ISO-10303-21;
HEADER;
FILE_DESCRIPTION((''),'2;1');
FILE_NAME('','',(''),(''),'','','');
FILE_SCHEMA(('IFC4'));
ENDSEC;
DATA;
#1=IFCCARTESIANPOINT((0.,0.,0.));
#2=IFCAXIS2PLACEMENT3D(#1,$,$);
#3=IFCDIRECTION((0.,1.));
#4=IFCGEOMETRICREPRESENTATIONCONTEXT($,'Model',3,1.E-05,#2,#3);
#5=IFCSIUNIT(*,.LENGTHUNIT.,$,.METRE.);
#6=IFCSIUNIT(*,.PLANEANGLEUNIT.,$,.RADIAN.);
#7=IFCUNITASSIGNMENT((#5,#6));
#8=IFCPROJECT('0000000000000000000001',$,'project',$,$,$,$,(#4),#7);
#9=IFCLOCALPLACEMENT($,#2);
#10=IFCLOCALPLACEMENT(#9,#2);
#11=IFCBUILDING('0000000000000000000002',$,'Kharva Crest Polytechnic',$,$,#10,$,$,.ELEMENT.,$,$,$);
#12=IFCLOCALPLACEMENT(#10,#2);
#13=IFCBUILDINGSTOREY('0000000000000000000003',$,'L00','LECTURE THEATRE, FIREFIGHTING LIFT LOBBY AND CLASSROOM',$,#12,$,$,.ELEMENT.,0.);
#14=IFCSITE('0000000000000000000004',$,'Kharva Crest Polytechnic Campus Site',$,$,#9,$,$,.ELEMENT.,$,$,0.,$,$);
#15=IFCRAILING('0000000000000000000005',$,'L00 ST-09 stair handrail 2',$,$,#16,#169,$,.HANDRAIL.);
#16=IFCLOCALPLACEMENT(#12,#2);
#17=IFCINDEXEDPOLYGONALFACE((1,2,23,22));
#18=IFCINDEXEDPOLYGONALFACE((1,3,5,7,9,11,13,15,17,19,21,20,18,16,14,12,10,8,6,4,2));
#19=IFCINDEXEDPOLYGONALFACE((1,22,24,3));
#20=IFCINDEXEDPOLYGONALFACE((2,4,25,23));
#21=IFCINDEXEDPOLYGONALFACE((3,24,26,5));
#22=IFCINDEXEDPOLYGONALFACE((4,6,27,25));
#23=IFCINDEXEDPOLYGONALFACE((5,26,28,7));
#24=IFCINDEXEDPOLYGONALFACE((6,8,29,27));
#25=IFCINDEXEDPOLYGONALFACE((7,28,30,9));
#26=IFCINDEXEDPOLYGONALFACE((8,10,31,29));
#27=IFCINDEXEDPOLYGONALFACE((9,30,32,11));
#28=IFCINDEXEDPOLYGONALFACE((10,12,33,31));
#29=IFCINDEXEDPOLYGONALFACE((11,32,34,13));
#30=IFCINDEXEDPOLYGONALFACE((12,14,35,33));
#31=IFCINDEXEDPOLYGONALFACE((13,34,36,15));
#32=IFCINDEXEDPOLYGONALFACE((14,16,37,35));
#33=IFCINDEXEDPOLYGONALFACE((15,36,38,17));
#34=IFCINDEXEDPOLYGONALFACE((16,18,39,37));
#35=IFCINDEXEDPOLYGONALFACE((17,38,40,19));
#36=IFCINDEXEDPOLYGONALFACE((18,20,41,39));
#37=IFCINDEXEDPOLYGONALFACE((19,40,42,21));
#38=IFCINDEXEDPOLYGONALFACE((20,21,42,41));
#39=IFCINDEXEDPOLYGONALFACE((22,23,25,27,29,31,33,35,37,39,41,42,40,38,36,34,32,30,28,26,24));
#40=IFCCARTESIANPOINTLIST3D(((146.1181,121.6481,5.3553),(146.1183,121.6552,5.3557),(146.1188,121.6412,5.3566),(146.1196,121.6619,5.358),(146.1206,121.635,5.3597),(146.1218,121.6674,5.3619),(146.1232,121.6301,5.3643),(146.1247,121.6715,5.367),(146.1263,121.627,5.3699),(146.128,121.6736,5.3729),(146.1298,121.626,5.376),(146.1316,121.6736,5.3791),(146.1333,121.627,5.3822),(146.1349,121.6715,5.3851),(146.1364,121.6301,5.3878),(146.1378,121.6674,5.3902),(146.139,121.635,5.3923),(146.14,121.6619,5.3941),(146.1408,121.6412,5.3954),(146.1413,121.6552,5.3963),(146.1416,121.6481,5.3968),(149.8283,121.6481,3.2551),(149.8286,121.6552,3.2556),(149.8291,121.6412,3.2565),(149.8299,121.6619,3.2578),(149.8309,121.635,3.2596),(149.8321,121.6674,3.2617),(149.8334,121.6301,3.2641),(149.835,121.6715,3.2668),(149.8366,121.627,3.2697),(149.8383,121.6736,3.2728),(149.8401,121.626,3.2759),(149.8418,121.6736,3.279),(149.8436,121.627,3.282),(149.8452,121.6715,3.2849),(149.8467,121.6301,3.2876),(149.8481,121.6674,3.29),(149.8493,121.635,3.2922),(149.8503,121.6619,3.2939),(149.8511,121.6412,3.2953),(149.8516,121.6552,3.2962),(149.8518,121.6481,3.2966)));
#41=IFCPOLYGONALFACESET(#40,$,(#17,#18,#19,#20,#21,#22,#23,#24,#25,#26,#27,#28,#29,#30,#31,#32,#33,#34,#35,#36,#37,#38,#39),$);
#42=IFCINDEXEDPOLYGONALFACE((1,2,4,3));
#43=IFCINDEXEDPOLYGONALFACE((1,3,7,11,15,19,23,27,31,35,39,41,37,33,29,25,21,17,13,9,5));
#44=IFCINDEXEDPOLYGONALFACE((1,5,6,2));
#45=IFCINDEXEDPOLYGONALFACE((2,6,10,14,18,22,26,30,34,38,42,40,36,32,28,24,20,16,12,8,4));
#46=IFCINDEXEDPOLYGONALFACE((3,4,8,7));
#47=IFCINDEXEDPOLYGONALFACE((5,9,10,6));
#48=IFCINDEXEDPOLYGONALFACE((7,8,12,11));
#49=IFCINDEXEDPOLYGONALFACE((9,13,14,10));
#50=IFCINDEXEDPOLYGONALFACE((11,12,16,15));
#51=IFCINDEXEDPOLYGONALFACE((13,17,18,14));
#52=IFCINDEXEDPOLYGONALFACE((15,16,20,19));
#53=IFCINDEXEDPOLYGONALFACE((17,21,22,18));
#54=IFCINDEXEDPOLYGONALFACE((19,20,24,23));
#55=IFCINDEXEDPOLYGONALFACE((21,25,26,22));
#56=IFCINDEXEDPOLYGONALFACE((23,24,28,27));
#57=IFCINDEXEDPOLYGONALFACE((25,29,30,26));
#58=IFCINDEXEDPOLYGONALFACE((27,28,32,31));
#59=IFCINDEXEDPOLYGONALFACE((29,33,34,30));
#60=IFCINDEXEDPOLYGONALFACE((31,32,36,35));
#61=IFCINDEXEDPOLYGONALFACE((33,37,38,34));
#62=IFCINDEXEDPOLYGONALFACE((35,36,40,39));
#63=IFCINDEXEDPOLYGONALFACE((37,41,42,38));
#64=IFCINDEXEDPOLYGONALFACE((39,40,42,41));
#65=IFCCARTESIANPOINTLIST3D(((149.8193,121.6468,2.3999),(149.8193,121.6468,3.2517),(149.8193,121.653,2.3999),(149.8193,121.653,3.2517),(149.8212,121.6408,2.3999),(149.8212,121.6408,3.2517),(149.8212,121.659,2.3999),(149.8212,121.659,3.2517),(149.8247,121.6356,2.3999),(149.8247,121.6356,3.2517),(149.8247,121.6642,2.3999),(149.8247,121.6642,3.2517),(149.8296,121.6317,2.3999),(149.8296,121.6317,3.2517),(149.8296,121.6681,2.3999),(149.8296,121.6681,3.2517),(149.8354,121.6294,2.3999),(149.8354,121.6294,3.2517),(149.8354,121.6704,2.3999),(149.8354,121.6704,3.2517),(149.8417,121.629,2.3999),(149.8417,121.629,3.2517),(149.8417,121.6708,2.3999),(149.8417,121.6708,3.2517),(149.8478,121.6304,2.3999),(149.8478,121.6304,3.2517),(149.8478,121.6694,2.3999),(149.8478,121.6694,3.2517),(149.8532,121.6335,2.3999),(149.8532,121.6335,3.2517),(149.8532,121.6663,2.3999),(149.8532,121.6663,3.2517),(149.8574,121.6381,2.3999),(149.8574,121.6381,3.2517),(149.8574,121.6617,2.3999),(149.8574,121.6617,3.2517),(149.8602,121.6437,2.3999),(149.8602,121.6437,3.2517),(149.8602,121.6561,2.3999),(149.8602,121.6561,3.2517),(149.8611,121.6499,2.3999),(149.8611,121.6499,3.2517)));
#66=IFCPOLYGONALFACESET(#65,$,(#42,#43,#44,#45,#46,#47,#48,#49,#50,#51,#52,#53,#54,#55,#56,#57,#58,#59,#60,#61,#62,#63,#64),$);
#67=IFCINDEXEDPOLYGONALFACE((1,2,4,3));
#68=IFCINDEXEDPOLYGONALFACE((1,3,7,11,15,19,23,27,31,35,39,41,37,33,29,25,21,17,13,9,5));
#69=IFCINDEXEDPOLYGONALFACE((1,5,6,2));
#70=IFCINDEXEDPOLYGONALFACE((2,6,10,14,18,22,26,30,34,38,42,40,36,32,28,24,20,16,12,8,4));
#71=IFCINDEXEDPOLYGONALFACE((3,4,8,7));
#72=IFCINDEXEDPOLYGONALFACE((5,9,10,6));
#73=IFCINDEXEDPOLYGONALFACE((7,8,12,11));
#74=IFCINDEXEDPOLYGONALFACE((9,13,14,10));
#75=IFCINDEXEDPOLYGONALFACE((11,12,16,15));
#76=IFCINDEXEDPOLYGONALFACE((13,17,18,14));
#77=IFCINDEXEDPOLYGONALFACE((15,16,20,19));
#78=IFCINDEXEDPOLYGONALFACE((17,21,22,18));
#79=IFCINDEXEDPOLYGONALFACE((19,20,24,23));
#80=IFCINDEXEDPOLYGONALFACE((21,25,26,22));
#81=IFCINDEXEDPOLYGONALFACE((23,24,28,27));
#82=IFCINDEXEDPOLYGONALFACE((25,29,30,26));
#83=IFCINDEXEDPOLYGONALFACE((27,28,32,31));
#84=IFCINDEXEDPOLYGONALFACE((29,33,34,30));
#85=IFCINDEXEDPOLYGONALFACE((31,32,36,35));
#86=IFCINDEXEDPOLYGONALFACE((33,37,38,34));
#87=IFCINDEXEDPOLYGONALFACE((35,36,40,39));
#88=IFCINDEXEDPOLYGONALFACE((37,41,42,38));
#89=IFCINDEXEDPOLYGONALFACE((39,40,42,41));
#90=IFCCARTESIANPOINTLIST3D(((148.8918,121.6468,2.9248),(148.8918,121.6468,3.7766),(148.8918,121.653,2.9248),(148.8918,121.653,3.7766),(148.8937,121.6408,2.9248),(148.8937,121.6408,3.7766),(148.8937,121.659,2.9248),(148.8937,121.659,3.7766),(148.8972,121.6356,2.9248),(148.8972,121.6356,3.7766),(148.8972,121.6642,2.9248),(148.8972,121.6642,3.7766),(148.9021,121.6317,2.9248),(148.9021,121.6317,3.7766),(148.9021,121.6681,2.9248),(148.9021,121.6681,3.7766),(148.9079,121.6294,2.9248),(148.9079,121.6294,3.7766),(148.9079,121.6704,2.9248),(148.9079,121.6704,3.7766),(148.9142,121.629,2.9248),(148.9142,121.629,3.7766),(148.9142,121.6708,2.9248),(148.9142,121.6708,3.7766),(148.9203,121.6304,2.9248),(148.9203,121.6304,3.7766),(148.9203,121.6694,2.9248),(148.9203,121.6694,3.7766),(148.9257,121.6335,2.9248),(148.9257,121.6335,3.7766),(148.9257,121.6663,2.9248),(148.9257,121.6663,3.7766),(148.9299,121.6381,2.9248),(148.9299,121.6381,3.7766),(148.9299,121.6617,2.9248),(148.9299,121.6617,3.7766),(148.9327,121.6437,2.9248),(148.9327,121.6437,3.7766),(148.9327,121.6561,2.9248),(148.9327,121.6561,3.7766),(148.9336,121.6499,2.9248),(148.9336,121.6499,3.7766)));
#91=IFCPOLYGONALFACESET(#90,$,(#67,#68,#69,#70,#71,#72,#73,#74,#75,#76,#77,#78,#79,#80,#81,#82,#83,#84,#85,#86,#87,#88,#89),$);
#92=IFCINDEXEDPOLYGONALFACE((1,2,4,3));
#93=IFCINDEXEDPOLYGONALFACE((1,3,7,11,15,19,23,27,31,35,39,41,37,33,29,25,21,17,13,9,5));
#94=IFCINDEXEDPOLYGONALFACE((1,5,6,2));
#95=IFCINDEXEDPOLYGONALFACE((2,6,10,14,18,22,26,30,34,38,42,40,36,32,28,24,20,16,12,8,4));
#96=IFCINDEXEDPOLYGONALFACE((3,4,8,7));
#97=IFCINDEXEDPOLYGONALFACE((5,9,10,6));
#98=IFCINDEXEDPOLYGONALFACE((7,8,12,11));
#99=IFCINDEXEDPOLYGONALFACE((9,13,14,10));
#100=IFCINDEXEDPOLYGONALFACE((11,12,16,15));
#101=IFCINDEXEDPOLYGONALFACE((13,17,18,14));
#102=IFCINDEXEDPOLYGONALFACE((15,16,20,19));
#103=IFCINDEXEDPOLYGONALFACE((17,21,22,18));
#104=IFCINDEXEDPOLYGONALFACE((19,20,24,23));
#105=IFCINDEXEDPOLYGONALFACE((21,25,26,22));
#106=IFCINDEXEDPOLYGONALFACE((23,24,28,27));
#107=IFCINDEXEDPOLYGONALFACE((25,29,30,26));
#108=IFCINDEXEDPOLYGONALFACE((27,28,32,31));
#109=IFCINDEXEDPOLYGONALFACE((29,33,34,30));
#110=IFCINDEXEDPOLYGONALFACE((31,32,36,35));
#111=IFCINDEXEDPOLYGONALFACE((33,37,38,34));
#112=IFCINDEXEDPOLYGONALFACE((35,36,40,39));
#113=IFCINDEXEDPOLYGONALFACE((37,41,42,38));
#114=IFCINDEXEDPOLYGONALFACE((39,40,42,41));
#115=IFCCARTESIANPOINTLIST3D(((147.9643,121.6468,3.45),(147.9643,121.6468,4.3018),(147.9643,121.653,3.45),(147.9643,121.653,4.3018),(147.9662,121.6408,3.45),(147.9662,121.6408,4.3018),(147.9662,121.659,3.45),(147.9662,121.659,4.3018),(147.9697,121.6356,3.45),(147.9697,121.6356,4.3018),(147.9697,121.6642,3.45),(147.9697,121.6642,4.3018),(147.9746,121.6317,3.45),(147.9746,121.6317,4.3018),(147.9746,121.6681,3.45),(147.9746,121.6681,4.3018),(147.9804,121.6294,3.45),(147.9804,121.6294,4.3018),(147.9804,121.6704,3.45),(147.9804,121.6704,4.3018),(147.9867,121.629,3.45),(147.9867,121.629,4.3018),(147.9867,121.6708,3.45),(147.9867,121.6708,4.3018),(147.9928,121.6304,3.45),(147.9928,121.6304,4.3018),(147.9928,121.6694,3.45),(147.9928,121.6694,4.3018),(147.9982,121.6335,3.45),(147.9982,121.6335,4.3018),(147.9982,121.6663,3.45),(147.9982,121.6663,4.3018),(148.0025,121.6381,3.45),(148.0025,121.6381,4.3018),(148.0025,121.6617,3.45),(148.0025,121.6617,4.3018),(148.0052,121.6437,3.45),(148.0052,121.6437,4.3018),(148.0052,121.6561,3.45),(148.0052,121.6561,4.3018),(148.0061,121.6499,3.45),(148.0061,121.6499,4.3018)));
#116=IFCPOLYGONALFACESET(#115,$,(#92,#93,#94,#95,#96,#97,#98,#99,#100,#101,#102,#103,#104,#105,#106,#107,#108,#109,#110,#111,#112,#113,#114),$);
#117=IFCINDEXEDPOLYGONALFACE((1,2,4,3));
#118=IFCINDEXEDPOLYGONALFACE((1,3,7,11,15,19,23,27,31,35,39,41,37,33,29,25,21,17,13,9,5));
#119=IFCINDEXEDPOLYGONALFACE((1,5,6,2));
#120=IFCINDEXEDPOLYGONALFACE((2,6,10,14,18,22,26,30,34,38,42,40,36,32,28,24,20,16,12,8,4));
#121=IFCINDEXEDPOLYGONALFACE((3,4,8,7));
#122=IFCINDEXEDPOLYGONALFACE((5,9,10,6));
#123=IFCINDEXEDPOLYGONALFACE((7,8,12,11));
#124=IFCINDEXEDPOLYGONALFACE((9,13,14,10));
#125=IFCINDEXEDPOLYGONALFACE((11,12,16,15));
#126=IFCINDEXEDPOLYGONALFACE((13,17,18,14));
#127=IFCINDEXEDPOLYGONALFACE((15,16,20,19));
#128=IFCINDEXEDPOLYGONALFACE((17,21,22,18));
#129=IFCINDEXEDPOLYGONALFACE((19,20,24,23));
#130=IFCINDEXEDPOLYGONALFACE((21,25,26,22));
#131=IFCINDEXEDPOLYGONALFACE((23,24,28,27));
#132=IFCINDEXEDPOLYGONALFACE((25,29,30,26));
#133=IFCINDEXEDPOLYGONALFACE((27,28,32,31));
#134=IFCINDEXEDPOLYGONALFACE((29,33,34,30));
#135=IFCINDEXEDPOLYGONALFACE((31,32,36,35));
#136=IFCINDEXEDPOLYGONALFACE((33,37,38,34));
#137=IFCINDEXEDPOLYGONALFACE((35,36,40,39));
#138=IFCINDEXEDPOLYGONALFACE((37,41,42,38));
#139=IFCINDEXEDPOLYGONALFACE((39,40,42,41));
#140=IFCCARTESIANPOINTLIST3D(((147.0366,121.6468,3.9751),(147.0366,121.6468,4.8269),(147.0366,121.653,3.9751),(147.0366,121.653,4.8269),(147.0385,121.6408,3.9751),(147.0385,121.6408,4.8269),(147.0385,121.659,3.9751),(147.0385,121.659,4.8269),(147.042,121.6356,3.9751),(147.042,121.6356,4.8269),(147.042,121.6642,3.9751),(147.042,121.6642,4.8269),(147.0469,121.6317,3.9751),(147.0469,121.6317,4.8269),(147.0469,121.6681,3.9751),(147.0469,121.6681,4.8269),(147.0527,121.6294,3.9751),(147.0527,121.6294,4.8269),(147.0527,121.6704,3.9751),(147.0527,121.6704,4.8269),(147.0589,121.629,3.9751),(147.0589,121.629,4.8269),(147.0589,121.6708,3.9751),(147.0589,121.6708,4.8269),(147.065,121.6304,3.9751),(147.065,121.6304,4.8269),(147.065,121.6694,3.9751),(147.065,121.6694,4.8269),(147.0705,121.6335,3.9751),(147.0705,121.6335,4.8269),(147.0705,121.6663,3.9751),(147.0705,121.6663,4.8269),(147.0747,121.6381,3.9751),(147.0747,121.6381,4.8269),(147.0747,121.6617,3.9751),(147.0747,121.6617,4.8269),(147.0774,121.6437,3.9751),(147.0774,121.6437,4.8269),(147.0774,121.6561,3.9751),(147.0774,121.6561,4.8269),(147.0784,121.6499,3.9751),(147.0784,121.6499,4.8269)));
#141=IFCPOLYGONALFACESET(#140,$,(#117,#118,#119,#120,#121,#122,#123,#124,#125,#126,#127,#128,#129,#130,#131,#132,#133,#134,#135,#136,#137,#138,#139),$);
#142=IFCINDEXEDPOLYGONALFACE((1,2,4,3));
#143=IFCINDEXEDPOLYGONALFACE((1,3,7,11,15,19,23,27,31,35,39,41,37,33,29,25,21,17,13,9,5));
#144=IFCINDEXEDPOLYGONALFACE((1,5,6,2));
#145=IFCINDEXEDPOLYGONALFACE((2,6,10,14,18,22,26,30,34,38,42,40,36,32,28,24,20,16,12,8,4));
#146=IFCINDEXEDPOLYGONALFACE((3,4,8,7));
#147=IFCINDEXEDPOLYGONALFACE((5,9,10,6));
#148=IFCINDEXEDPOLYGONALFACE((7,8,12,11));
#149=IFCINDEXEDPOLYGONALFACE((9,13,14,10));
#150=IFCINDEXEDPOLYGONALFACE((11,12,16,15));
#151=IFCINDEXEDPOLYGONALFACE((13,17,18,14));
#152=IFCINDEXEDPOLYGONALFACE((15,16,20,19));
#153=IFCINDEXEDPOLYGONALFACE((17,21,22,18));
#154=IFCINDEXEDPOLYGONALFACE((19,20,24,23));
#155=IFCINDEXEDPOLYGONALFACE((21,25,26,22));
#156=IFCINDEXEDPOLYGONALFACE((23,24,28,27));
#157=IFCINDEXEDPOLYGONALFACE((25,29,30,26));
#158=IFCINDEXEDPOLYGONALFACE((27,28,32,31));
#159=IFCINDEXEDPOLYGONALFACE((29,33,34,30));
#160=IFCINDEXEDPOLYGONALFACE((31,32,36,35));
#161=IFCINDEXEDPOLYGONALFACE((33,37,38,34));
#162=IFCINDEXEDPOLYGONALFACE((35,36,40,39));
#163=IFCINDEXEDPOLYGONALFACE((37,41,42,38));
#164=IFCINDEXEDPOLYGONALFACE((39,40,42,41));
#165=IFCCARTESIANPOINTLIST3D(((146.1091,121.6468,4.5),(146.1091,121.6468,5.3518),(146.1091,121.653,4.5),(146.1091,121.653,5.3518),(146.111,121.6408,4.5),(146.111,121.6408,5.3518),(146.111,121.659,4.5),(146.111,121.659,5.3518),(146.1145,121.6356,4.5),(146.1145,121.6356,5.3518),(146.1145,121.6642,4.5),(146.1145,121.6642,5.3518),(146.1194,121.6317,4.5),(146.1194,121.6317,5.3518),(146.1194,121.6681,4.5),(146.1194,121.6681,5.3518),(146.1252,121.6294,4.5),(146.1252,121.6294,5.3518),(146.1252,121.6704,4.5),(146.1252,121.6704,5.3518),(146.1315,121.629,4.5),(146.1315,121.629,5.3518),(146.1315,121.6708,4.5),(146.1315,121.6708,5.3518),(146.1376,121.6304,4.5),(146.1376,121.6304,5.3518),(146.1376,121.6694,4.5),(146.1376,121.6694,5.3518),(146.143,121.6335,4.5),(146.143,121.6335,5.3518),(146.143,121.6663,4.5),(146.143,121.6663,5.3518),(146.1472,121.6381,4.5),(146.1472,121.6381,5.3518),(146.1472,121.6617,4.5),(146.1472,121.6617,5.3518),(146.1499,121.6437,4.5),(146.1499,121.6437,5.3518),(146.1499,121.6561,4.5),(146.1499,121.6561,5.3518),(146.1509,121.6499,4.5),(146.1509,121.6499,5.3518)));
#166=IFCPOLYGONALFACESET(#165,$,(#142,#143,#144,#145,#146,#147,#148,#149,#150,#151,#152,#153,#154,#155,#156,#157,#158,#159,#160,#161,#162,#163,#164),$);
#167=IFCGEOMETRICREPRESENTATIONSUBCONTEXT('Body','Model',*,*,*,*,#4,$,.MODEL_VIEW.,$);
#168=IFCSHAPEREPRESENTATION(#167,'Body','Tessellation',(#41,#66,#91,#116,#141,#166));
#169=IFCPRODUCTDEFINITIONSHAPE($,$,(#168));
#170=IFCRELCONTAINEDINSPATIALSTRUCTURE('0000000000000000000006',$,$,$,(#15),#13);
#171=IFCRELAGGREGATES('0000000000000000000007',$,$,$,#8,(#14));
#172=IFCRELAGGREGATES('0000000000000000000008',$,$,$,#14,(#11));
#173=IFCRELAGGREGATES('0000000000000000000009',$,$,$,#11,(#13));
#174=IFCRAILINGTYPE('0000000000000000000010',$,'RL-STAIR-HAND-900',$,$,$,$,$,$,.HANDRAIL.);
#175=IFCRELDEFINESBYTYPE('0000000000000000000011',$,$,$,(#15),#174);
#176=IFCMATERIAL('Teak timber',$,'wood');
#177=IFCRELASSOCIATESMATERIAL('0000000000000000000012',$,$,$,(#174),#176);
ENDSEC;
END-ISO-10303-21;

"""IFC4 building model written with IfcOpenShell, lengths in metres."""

from ifc_helpers import new_model, si_unit, direction, frame, origin, origin_2d, place, context, subcontext, project, spatial, circle, extrude, material, type_object, element, save


model = new_model("IFC4")

# Units and contexts
model_context = context("Model", 3, precision=1e-05, world=origin(), true_north=direction((0.0, 1.0)))
body_context = subcontext(model_context, "Body", "Model", "MODEL_VIEW")
ifc_project = project(units=[si_unit("LENGTHUNIT", "METRE"), si_unit("PLANEANGLEUNIT", "RADIAN")], contexts=[model_context])

# Site, building, storey
site_placement = place(None, origin())
site = spatial("IfcSite", under=ifc_project, at=site_placement, Name="Kharva Crest Polytechnic Campus Site", CompositionType="ELEMENT", RefElevation=0.0)
building_placement = place(site_placement, origin())
building = spatial("IfcBuilding", under=site, at=building_placement, Name="Kharva Crest Polytechnic", CompositionType="ELEMENT")
storey_placement = place(building_placement, origin())
storey = spatial("IfcBuildingStorey", under=building, at=storey_placement, Name="L00", Description="LECTURE THEATRE, FIREFIGHTING LIFT LOBBY AND CLASSROOM", CompositionType="ELEMENT", Elevation=0.0)

# Railing
ifc_material_1 = material(Name="Teak timber", Category="wood")
railing_type_1 = type_object("IfcRailingType", Name="RL-STAIR-HAND-900", PredefinedType="HANDRAIL", material=ifc_material_1)
railing_1_placement = place(storey_placement, frame((149.8401, 121.6499, 2.3999)))
element("IfcRailing", 1, at=railing_1_placement, inside=storey, type_object=railing_type_1, Name="L00 ST-09 stair handrail 2", PredefinedType="HANDRAIL", context=body_context, shape_type="SweptSolid", body=[
    extrude(circle(Radius=0.0239, at=origin_2d()), frame((0.0, 0.0, 0.876), z_axis=(-0.870259, 0.0, 0.492595), x_axis=(0.0, -1.0, 0.0)), (0.0, 0.0, 1.0), 4.2634),
    extrude(circle(Radius=0.021, at=origin_2d()), origin(), (0.0, 0.0, 1.0), 0.8518),
    extrude(circle(Radius=0.021, at=origin_2d()), frame((-0.9275, 0.0, 0.5249)), (0.0, 0.0, 1.0), 0.8518),
    extrude(circle(Radius=0.021, at=origin_2d()), frame((-1.855, 0.0, 1.05)), (0.0, 0.0, 1.0), 0.8518),
    extrude(circle(Radius=0.021, at=origin_2d()), frame((-2.7827, 0.0, 1.5752)), (0.0, 0.0, 1.0), 0.8518),
    extrude(circle(Radius=0.021, at=origin_2d()), frame((-3.7102, 0.0, 2.1001)), (0.0, 0.0, 1.0), 0.8518),
])

save(model, "model.ifc")
